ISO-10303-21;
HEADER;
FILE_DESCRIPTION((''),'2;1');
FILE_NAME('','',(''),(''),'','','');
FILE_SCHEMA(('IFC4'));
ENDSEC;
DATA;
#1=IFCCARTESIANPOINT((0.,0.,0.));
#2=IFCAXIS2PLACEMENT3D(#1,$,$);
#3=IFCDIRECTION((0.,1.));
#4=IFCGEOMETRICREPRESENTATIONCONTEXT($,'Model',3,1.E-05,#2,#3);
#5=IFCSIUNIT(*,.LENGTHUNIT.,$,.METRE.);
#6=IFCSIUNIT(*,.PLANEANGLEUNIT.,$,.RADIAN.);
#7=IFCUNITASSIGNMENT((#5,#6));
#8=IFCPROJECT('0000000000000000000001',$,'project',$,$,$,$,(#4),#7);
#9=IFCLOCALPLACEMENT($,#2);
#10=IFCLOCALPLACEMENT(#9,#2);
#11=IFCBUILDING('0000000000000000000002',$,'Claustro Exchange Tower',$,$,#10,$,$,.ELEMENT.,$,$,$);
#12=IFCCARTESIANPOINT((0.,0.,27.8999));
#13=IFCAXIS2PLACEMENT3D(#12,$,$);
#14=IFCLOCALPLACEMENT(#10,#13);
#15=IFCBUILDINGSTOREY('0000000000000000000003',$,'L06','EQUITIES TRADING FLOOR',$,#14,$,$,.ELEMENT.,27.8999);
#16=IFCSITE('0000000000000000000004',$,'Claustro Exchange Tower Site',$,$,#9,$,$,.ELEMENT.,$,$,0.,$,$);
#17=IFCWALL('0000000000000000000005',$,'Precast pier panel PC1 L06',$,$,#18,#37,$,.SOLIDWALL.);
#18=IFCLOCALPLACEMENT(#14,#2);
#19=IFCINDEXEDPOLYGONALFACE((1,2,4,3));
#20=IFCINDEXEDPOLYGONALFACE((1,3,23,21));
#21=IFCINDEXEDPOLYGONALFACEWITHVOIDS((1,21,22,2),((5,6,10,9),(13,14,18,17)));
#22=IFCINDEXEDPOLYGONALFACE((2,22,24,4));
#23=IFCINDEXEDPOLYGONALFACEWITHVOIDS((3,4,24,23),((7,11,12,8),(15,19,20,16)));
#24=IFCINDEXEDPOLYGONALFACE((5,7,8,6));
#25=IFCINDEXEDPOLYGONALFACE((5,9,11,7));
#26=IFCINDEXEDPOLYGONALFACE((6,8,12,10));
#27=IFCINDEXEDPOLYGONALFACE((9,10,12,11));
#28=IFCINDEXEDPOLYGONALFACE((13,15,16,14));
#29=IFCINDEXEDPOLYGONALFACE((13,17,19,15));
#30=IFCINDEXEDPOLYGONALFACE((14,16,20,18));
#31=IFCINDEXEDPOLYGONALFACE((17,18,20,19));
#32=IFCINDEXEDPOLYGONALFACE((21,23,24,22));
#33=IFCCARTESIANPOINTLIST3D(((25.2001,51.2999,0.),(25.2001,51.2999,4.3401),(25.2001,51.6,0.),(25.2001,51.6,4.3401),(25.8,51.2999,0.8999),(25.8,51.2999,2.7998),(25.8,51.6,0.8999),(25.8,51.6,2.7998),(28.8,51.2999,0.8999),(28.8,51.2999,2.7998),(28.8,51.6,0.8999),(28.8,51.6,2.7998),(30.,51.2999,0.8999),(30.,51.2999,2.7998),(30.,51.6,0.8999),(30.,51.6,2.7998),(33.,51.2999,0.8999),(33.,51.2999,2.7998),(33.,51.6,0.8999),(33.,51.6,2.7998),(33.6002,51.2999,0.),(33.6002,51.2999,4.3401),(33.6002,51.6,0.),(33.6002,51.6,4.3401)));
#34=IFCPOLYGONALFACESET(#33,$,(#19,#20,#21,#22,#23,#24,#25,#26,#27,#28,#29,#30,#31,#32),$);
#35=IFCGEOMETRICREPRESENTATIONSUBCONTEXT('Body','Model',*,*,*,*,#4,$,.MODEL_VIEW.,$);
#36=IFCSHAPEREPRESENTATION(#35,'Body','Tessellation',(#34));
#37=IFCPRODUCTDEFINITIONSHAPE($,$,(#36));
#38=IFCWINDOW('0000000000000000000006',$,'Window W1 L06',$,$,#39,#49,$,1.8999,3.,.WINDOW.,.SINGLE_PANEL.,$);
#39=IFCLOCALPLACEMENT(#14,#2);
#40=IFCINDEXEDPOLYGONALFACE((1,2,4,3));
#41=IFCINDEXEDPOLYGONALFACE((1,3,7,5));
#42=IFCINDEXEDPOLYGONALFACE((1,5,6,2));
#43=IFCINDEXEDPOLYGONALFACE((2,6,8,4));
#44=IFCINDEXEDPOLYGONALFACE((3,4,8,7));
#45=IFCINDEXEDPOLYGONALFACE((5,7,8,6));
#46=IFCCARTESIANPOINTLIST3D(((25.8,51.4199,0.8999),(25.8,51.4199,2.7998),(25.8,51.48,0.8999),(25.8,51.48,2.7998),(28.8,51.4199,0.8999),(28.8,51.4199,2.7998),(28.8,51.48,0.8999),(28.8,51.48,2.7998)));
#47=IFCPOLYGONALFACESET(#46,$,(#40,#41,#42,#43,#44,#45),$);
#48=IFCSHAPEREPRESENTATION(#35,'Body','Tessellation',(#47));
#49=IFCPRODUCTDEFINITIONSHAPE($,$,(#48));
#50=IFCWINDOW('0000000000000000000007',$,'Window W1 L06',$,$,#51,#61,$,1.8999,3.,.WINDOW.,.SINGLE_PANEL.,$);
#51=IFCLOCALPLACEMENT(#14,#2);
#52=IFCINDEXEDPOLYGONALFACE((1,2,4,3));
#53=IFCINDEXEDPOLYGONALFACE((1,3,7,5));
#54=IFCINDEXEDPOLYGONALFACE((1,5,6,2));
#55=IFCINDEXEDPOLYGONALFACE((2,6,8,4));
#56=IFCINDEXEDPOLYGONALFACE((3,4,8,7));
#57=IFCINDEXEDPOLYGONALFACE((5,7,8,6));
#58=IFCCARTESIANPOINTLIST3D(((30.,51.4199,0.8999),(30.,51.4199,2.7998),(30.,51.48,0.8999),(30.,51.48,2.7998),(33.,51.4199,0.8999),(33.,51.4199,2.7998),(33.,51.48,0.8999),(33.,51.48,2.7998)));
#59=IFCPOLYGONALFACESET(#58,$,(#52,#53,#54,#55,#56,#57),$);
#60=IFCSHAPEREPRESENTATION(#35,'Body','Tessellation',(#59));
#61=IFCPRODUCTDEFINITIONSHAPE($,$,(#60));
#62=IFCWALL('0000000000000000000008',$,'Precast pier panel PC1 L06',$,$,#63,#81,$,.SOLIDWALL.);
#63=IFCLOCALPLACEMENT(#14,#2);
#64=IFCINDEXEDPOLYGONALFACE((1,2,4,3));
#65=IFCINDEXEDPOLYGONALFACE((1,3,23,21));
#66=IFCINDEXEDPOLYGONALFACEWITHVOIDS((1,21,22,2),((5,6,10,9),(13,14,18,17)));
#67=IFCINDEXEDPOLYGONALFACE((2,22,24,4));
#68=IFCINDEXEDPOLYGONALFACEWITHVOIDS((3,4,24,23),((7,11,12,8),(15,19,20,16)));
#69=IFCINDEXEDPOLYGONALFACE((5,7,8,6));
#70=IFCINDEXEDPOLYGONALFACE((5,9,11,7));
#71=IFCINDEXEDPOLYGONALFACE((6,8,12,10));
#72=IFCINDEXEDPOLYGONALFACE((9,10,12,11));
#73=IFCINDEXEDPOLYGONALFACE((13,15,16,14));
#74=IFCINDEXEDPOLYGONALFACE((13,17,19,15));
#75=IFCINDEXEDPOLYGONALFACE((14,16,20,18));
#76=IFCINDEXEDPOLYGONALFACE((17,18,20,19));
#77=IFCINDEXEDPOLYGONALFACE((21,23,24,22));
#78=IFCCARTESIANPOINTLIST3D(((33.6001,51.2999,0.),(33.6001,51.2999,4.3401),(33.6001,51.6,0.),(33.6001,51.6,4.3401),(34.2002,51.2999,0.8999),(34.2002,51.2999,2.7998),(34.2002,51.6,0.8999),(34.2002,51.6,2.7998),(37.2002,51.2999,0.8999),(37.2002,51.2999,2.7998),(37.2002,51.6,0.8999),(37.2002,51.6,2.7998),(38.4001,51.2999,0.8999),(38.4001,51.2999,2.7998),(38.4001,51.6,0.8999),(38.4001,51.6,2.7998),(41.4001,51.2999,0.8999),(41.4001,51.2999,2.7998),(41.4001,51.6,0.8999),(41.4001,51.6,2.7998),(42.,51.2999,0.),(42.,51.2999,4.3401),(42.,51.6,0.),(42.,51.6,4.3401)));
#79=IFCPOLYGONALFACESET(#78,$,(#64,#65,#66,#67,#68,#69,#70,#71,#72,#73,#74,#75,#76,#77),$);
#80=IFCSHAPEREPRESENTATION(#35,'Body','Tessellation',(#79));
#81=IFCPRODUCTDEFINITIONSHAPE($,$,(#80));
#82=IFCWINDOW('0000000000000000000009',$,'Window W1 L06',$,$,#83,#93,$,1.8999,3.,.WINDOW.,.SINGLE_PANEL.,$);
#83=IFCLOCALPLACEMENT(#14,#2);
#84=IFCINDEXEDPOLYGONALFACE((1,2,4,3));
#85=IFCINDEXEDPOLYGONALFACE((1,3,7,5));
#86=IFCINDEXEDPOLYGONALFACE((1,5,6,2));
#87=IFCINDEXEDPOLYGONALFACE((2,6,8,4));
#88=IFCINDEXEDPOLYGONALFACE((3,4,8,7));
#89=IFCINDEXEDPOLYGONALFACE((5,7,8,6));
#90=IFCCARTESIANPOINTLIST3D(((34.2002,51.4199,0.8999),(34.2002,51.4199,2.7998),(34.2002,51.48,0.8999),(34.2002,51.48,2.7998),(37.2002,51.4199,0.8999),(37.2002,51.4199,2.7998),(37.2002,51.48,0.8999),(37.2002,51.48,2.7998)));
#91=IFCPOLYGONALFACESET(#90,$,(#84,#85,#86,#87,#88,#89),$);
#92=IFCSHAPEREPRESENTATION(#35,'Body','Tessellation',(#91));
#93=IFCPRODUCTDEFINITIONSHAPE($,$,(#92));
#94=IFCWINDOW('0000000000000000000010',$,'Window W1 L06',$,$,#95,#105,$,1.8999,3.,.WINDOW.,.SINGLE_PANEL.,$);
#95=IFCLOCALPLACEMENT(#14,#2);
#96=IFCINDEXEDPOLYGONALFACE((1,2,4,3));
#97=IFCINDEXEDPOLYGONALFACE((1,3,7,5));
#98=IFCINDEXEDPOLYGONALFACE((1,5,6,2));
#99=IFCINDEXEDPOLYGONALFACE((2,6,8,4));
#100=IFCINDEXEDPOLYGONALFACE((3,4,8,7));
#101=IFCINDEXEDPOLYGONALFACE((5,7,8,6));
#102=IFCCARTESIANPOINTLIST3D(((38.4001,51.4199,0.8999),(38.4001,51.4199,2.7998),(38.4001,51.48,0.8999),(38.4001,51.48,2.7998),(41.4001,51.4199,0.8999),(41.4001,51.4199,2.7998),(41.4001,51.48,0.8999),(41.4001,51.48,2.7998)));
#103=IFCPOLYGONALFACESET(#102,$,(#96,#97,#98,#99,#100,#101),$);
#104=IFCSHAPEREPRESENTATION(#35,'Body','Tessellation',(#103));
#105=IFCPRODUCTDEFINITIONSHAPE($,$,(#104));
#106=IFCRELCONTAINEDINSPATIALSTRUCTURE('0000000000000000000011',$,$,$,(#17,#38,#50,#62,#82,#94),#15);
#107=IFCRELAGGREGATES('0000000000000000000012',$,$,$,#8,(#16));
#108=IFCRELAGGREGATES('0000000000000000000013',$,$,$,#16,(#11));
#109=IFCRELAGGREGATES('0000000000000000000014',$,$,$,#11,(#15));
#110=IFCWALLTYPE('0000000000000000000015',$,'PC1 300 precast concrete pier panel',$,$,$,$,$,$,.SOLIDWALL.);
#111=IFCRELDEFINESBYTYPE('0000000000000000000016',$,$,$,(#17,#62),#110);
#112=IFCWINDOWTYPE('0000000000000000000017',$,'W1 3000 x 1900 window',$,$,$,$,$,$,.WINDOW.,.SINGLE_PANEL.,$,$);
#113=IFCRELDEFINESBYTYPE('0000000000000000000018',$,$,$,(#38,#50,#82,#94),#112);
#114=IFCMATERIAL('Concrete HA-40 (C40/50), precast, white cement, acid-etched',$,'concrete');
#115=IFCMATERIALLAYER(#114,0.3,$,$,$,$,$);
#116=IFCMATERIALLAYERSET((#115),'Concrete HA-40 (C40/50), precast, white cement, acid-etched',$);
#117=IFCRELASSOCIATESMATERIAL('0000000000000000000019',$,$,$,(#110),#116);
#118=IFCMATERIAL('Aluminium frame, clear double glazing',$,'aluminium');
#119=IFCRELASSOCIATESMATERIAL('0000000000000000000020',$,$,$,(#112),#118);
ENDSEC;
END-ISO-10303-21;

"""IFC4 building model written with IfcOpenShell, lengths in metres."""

from ifc_helpers import new_model, si_unit, direction, frame, frame_2d, origin, place, context, subcontext, project, spatial, rectangle, extrude, material, layer, layer_set, type_object, element, fill, save


model = new_model("IFC4")

# Units and contexts
model_context = context("Model", 3, precision=1e-05, world=origin(), true_north=direction((0.0, 1.0)))
body_context = subcontext(model_context, "Body", "Model", "MODEL_VIEW")
ifc_project = project(units=[si_unit("LENGTHUNIT", "METRE"), si_unit("PLANEANGLEUNIT", "RADIAN")], contexts=[model_context])

# Site, building, storey
site_placement = place(None, origin())
site = spatial("IfcSite", under=ifc_project, at=site_placement, Name="Claustro Exchange Tower Site", CompositionType="ELEMENT", RefElevation=0.0)
building_placement = place(site_placement, origin())
building = spatial("IfcBuilding", under=site, at=building_placement, Name="Claustro Exchange Tower", CompositionType="ELEMENT")
storey_placement = place(building_placement, frame((0.0, 0.0, 27.8999)))
storey = spatial("IfcBuildingStorey", under=building, at=storey_placement, Name="L06", Description="EQUITIES TRADING FLOOR", CompositionType="ELEMENT", Elevation=27.8999)

# Walls, openings, windows
ifc_material_1 = material(Name="Concrete HA-40 (C40/50), precast, white cement, acid-etched", Category="concrete")
ifc_layer_1 = layer(ifc_material_1, 0.3)
ifc_layer_set_1 = layer_set([ifc_layer_1], Name="Concrete HA-40 (C40/50), precast, white cement, acid-etched")
wall_type_1 = type_object("IfcWallType", Name="PC1 300 precast concrete pier panel", PredefinedType="SOLIDWALL", material=ifc_layer_set_1)
wall_1_placement = place(storey_placement, frame((25.2, 51.45, 0.0), z_axis=(0.0, 0.0, 1.0), x_axis=(1.0, 0.0, 0.0)))
wall_1 = element("IfcWall", 1, at=wall_1_placement, inside=storey, type_object=wall_type_1, Name="Precast pier panel PC1 L06", PredefinedType="SOLIDWALL", context=body_context, shape_type="SweptSolid", body=[
    extrude(rectangle(XDim=8.4001, YDim=0.3, at=frame_2d((4.2002, 0.0))), origin(), (0.0, 0.0, 1.0), 4.3401),
])
opening_1_placement = place(wall_1_placement, frame((0.6001, 0.0, 0.8999)))
opening_1 = element("IfcOpeningElement", 2, at=opening_1_placement, cuts=wall_1, PredefinedType="OPENING", context=body_context, shape_type="SweptSolid", body=[
    extrude(rectangle(XDim=3.0, YDim=1.8999, at=frame_2d((1.5, 0.95))), frame((0.0, 0.1599, 0.0), z_axis=(0.0, -1.0, 0.0), x_axis=(1.0, 0.0, 0.0)), (0.0, 0.0, 1.0), 0.3201),
])
opening_2_placement = place(wall_1_placement, frame((4.8, 0.0, 0.8999)))
opening_2 = element("IfcOpeningElement", 3, at=opening_2_placement, cuts=wall_1, PredefinedType="OPENING", context=body_context, shape_type="SweptSolid", body=[
    extrude(rectangle(XDim=3.0, YDim=1.8999, at=frame_2d((1.5, 0.95))), frame((0.0, 0.1599, 0.0), z_axis=(0.0, -1.0, 0.0), x_axis=(1.0, 0.0, 0.0)), (0.0, 0.0, 1.0), 0.3201),
])
ifc_material_2 = material(Name="Aluminium frame, clear double glazing", Category="aluminium")
window_type = type_object("IfcWindowType", Name="W1 3000 x 1900 window", PartitioningType="SINGLE_PANEL", PredefinedType="WINDOW", material=ifc_material_2)
window_1_placement = place(opening_1_placement, origin())
window_1 = element("IfcWindow", 4, at=window_1_placement, inside=storey, type_object=window_type, Name="Window W1 L06", OverallHeight=1.8999, OverallWidth=3.0, PartitioningType="SINGLE_PANEL", PredefinedType="WINDOW", context=body_context, shape_type="SweptSolid", body=[
    extrude(rectangle(XDim=3.0, YDim=1.8999, at=frame_2d((1.5, 0.95))), frame((0.0, 0.03, 0.0), z_axis=(0.0, -1.0, 0.0), x_axis=(1.0, 0.0, 0.0)), (0.0, 0.0, 1.0), 0.0601),
])
fill(opening_1, window_1)
window_2_placement = place(opening_2_placement, origin())
window_2 = element("IfcWindow", 5, at=window_2_placement, inside=storey, type_object=window_type, Name="Window W1 L06", OverallHeight=1.8999, OverallWidth=3.0, PartitioningType="SINGLE_PANEL", PredefinedType="WINDOW", context=body_context, shape_type="SweptSolid", body=[
    extrude(rectangle(XDim=3.0, YDim=1.8999, at=frame_2d((1.5, 0.95))), frame((0.0, 0.03, 0.0), z_axis=(0.0, -1.0, 0.0), x_axis=(1.0, 0.0, 0.0)), (0.0, 0.0, 1.0), 0.0601),
])
fill(opening_2, window_2)
wall_2_placement = place(storey_placement, frame((33.6001, 51.45, 0.0), z_axis=(0.0, 0.0, 1.0), x_axis=(1.0, 0.0, 0.0)))
wall_2 = element("IfcWall", 6, at=wall_2_placement, inside=storey, type_object=wall_type_1, Name="Precast pier panel PC1 L06", PredefinedType="SOLIDWALL", context=body_context, shape_type="SweptSolid", body=[
    extrude(rectangle(XDim=8.3999, YDim=0.3, at=frame_2d((4.2, 0.0))), origin(), (0.0, 0.0, 1.0), 4.3401),
])
opening_3_placement = place(wall_2_placement, frame((0.6001, 0.0, 0.8999)))
opening_3 = element("IfcOpeningElement", 7, at=opening_3_placement, cuts=wall_2, PredefinedType="OPENING", context=body_context, shape_type="SweptSolid", body=[
    extrude(rectangle(XDim=3.0, YDim=1.8999, at=frame_2d((1.5, 0.95))), frame((0.0, 0.1599, 0.0), z_axis=(0.0, -1.0, 0.0), x_axis=(1.0, 0.0, 0.0)), (0.0, 0.0, 1.0), 0.3201),
])
opening_4_placement = place(wall_2_placement, frame((4.8, 0.0, 0.8999)))
opening_4 = element("IfcOpeningElement", 8, at=opening_4_placement, cuts=wall_2, PredefinedType="OPENING", context=body_context, shape_type="SweptSolid", body=[
    extrude(rectangle(XDim=3.0, YDim=1.8999, at=frame_2d((1.5, 0.95))), frame((0.0, 0.1599, 0.0), z_axis=(0.0, -1.0, 0.0), x_axis=(1.0, 0.0, 0.0)), (0.0, 0.0, 1.0), 0.3201),
])
window_3_placement = place(opening_3_placement, origin())
window_3 = element("IfcWindow", 9, at=window_3_placement, inside=storey, type_object=window_type, Name="Window W1 L06", OverallHeight=1.8999, OverallWidth=3.0, PartitioningType="SINGLE_PANEL", PredefinedType="WINDOW", context=body_context, shape_type="SweptSolid", body=[
    extrude(rectangle(XDim=3.0, YDim=1.8999, at=frame_2d((1.5, 0.95))), frame((0.0, 0.03, 0.0), z_axis=(0.0, -1.0, 0.0), x_axis=(1.0, 0.0, 0.0)), (0.0, 0.0, 1.0), 0.0601),
])
fill(opening_3, window_3)
window_4_placement = place(opening_4_placement, origin())
window_4 = element("IfcWindow", 10, at=window_4_placement, inside=storey, type_object=window_type, Name="Window W1 L06", OverallHeight=1.8999, OverallWidth=3.0, PartitioningType="SINGLE_PANEL", PredefinedType="WINDOW", context=body_context, shape_type="SweptSolid", body=[
    extrude(rectangle(XDim=3.0, YDim=1.8999, at=frame_2d((1.5, 0.95))), frame((0.0, 0.03, 0.0), z_axis=(0.0, -1.0, 0.0), x_axis=(1.0, 0.0, 0.0)), (0.0, 0.0, 1.0), 0.0601),
])
fill(opening_4, window_4)

save(model, "model.ifc")
